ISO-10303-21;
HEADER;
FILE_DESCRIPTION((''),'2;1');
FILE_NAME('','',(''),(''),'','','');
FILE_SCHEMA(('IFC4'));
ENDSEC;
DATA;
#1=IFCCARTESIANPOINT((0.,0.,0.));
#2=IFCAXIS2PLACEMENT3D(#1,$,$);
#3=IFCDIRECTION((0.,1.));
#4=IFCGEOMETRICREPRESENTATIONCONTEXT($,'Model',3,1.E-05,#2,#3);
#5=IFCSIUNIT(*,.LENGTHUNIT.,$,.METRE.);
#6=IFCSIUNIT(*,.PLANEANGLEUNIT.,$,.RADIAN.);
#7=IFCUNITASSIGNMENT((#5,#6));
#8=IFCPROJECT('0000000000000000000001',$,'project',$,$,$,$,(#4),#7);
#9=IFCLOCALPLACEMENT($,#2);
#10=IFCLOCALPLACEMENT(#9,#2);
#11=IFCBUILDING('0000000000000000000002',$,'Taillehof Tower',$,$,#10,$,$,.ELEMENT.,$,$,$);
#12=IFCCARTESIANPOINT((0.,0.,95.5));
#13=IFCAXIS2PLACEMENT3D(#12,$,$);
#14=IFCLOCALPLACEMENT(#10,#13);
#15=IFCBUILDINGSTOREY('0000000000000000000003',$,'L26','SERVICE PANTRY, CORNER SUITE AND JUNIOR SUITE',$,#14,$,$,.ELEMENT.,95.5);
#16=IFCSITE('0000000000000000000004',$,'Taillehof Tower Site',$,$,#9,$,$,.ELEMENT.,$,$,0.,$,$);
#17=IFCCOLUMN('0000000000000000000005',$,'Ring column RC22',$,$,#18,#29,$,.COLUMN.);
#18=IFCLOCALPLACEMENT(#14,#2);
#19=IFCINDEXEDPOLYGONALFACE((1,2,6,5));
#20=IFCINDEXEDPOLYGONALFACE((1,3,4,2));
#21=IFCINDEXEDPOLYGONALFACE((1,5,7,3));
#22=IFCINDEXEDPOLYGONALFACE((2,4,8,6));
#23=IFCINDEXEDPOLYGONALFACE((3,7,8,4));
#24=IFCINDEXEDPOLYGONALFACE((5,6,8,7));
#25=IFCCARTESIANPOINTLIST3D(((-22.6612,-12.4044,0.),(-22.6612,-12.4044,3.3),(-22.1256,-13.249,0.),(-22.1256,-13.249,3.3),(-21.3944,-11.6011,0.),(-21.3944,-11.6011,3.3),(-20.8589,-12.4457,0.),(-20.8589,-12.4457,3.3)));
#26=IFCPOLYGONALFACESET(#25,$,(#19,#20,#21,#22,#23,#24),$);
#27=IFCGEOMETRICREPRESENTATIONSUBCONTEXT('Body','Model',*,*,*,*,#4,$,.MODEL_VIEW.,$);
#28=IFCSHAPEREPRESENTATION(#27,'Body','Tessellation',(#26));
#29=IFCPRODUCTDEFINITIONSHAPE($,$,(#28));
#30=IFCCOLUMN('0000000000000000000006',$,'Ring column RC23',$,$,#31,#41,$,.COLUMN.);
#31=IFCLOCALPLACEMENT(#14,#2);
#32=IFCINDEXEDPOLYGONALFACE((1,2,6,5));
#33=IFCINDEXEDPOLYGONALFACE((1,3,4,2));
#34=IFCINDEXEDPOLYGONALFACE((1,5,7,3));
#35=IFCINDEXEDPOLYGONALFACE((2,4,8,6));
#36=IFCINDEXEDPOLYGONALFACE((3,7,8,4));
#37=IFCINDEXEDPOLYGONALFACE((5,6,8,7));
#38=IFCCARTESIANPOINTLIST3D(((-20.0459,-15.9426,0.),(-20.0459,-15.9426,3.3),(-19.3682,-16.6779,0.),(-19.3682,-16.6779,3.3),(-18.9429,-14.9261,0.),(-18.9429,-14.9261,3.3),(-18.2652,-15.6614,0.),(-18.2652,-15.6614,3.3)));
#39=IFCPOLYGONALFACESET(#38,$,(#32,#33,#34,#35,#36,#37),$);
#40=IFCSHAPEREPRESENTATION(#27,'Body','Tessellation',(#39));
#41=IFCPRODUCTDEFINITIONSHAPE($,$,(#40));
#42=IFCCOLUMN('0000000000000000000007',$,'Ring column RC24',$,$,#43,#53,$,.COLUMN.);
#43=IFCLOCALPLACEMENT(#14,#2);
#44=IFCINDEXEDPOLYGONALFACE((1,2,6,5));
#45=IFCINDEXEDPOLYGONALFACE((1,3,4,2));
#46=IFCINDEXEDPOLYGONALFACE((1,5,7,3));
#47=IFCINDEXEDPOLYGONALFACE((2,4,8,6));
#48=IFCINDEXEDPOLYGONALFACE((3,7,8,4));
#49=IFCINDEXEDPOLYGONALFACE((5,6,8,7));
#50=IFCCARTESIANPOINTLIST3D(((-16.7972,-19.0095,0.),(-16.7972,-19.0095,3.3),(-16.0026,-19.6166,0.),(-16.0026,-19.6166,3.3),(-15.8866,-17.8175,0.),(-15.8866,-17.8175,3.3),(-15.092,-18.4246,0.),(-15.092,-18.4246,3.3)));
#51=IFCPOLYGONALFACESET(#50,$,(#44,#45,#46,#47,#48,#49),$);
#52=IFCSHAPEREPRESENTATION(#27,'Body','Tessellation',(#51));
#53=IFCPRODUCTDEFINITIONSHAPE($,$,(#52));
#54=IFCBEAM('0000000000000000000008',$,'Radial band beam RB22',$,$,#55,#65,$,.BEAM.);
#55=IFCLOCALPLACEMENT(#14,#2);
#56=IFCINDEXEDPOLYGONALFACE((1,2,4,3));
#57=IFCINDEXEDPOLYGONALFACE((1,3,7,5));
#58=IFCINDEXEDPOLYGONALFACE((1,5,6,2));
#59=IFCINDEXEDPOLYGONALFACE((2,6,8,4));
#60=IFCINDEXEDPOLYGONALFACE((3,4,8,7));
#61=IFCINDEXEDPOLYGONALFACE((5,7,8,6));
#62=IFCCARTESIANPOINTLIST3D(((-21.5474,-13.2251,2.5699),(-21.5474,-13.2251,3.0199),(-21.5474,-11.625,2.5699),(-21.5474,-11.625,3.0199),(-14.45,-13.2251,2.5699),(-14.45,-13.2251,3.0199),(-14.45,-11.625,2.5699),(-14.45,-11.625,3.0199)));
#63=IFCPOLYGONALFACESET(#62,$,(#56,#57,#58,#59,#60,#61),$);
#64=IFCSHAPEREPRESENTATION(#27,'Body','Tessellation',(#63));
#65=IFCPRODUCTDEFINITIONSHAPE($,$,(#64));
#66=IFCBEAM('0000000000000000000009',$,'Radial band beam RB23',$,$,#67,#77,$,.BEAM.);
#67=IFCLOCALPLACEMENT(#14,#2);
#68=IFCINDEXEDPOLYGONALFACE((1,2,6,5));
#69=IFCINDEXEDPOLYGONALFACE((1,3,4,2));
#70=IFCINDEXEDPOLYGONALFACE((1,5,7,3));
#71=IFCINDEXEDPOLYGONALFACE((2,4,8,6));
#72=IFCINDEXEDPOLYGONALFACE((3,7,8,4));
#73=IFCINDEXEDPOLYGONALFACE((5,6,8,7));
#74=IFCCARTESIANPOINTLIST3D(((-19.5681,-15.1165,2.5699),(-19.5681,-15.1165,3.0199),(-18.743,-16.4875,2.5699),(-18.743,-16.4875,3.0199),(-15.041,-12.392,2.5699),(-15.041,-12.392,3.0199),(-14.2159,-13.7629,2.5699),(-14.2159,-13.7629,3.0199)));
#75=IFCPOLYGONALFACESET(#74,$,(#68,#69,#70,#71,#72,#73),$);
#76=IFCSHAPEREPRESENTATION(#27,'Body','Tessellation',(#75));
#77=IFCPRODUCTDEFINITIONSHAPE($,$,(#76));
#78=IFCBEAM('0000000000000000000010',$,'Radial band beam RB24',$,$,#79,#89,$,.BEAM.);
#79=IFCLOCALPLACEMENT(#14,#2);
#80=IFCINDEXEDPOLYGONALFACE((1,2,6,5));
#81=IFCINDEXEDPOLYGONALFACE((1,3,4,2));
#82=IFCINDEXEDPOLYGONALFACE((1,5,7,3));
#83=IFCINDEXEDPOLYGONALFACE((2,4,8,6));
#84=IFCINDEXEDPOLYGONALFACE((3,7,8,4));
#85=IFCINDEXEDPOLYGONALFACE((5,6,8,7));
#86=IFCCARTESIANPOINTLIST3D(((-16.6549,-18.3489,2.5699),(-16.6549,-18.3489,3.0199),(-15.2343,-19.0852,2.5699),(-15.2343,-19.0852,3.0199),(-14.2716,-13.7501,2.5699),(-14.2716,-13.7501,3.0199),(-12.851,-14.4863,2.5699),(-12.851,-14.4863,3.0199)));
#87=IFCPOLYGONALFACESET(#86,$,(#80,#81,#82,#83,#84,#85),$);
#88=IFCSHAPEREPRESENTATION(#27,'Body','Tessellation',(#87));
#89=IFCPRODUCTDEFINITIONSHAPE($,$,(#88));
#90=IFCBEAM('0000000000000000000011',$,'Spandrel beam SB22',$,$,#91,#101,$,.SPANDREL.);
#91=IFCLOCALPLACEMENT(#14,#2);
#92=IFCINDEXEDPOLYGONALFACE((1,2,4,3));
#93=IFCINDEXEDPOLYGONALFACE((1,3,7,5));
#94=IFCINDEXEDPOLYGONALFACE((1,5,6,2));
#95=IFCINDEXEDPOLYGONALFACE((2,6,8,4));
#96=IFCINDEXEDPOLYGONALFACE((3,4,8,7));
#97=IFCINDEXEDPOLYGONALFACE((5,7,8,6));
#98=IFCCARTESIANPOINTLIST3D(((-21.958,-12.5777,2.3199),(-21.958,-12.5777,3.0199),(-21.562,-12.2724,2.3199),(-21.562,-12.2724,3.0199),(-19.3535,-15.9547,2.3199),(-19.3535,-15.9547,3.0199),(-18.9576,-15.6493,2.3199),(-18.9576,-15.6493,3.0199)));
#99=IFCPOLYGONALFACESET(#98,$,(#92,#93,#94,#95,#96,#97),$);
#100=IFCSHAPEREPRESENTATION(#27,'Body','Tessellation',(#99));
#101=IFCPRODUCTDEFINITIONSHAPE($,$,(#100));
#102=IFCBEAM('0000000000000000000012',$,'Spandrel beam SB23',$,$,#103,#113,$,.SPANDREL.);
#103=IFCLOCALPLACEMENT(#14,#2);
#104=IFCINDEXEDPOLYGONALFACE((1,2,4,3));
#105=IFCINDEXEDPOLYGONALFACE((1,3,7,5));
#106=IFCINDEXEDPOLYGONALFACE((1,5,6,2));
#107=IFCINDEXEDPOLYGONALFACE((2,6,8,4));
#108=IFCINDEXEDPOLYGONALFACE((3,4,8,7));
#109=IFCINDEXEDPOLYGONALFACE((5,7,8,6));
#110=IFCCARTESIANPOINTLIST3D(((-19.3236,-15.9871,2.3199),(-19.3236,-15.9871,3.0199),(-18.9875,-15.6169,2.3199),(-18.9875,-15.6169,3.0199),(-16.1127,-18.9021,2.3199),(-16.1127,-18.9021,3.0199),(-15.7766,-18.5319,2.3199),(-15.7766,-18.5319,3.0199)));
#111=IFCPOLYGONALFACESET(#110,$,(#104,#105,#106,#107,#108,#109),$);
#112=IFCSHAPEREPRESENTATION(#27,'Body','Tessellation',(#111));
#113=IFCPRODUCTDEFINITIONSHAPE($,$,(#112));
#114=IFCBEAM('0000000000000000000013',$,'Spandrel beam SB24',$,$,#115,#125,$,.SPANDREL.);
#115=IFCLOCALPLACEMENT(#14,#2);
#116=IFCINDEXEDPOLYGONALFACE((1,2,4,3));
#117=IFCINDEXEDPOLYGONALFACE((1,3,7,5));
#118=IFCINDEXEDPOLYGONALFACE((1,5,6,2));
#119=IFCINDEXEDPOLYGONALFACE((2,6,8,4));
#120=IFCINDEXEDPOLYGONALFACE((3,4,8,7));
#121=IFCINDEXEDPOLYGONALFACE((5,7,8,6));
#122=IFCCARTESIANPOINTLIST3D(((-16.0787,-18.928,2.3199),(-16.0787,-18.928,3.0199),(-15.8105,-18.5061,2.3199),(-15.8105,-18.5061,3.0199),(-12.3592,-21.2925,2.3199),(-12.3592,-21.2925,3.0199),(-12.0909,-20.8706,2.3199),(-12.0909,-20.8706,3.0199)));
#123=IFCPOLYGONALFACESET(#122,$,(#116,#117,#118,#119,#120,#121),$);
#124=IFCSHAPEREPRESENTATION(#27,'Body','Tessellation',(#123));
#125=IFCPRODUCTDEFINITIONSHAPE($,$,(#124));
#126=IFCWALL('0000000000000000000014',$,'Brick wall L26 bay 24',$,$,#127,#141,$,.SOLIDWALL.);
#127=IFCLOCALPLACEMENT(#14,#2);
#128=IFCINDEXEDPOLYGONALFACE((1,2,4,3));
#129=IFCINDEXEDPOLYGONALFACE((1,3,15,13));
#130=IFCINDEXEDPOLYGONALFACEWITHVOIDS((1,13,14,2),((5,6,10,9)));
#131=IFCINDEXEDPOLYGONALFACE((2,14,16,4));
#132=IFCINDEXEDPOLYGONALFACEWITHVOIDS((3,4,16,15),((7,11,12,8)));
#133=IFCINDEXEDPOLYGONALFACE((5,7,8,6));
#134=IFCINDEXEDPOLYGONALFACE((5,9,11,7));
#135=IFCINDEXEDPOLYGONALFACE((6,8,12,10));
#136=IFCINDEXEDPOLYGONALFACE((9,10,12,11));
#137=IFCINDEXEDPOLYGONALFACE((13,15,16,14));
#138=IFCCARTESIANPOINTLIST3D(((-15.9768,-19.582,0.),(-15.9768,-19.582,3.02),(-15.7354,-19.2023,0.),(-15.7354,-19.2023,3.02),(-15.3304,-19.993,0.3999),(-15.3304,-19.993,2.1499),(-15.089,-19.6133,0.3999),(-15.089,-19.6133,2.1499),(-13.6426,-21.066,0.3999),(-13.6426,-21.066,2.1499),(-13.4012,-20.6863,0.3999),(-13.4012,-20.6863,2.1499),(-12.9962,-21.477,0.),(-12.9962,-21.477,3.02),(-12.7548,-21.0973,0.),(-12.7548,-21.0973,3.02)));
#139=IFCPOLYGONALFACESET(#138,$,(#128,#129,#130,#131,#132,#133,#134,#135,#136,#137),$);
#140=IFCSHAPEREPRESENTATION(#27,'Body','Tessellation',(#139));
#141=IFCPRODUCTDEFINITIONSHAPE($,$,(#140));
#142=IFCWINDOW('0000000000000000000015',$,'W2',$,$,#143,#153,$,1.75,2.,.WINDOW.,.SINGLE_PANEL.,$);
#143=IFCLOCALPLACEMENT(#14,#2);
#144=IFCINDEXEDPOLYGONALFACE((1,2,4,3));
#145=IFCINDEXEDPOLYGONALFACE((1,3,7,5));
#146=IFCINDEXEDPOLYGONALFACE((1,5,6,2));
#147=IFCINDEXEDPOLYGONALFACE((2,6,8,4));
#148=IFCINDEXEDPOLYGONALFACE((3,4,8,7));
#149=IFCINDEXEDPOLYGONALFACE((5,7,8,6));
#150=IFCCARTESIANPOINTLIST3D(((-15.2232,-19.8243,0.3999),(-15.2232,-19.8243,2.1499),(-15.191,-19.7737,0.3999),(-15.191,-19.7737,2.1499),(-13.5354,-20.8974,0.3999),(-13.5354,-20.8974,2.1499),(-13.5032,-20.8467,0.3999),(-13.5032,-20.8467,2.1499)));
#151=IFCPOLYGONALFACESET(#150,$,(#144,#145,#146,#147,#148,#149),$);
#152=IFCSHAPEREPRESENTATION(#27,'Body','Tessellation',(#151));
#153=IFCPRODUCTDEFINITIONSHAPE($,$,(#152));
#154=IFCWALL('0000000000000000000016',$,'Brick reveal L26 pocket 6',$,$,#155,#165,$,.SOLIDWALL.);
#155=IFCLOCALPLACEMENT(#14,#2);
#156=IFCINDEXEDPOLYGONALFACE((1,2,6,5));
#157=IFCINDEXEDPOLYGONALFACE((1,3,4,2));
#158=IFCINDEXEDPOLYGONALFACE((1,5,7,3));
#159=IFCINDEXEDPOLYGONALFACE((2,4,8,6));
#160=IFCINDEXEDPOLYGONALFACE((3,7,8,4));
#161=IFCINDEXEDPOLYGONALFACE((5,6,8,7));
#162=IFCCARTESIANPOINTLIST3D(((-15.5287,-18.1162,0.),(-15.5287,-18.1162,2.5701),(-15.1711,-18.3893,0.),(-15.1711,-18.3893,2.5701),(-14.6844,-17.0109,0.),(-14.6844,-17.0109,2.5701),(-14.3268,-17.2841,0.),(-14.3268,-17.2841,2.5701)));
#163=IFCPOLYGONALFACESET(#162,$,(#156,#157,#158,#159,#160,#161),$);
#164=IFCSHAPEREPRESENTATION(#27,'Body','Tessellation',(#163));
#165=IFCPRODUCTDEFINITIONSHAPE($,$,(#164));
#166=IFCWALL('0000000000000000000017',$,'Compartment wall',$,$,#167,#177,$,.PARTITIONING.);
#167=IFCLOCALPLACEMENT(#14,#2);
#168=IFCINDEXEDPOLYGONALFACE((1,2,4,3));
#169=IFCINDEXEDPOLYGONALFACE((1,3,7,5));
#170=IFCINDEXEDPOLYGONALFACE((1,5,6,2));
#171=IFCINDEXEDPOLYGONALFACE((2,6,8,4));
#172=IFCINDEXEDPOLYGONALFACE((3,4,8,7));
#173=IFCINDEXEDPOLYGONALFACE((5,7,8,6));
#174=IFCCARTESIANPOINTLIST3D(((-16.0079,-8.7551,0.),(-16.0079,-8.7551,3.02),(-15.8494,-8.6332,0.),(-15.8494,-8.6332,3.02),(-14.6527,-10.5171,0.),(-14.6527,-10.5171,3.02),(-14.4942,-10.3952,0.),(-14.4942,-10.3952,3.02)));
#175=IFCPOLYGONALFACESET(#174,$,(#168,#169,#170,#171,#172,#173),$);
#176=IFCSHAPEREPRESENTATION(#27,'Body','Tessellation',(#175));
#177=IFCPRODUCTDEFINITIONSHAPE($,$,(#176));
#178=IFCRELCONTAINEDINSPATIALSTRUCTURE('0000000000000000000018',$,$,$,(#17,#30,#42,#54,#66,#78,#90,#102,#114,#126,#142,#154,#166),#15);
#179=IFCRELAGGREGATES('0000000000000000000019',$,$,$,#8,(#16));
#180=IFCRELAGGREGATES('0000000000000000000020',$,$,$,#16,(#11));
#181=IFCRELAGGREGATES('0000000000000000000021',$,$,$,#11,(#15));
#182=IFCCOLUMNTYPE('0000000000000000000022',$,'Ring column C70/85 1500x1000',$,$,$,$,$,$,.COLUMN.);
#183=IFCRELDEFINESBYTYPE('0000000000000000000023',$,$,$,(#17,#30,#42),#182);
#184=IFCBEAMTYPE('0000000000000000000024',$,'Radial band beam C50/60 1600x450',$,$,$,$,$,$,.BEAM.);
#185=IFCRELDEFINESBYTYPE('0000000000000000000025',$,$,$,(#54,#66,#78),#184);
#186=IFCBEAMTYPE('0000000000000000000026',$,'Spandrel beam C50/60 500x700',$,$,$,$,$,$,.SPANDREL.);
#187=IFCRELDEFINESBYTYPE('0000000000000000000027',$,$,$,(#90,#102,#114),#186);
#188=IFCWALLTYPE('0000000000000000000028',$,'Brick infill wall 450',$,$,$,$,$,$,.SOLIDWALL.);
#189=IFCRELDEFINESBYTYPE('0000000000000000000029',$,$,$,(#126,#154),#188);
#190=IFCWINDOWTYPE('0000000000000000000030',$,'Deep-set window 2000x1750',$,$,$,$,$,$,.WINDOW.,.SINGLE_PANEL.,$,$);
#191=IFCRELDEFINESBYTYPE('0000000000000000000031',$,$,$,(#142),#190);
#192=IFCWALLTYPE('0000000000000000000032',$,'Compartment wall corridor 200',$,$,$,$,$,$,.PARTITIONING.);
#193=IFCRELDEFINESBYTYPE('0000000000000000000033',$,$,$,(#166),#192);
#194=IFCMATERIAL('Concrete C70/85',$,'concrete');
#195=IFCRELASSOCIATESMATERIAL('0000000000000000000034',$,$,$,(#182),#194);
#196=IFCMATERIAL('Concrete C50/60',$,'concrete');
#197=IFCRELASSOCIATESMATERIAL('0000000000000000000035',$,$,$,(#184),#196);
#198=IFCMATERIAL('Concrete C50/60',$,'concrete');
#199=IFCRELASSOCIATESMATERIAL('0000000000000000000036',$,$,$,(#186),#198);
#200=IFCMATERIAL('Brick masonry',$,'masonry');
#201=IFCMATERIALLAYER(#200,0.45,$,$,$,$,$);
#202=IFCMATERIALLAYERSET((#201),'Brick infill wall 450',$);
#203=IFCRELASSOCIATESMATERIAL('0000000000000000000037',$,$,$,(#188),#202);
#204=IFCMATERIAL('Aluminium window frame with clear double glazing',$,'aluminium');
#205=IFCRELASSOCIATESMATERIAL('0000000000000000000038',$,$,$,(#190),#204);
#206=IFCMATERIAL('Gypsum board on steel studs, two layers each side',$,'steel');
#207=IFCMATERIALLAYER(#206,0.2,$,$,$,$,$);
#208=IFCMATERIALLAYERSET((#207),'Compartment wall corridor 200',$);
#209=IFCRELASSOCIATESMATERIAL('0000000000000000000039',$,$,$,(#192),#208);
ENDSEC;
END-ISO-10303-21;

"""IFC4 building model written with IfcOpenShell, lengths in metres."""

from ifc_helpers import new_model, si_unit, direction, frame, frame_2d, origin, origin_2d, place, context, subcontext, project, spatial, rectangle, extrude, material, layer, layer_set, material_profile, profile_set, type_object, element, fill, save


model = new_model("IFC4")

# Units and contexts
model_context = context("Model", 3, precision=1e-05, world=origin(), true_north=direction((0.0, 1.0)))
body_context = subcontext(model_context, "Body", "Model", "MODEL_VIEW")
ifc_project = project(units=[si_unit("LENGTHUNIT", "METRE"), si_unit("PLANEANGLEUNIT", "RADIAN")], contexts=[model_context])

# Site, building, storey
site_placement = place(None, origin())
site = spatial("IfcSite", under=ifc_project, at=site_placement, Name="Taillehof Tower Site", CompositionType="ELEMENT", RefElevation=0.0)
building_placement = place(site_placement, origin())
building = spatial("IfcBuilding", under=site, at=building_placement, Name="Taillehof Tower", CompositionType="ELEMENT")
storey_placement = place(building_placement, frame((0.0, 0.0, 95.5)))
storey = spatial("IfcBuildingStorey", under=building, at=storey_placement, Name="L26", Description="SERVICE PANTRY, CORNER SUITE AND JUNIOR SUITE", CompositionType="ELEMENT", Elevation=95.5)

# Columns
ifc_material_1 = material(Name="Concrete C70/85", Category="concrete")
ifc_material_profile_1 = material_profile(ifc_material_1, rectangle(XDim=1.5, YDim=1.0, at=origin_2d()), Name="RC 1500x1000")
ifc_profile_set_1 = profile_set([ifc_material_profile_1], Name="Concrete C70/85")
column_type = type_object("IfcColumnType", Name="Ring column C70/85 1500x1000", PredefinedType="COLUMN", material=ifc_profile_set_1)
for number, where, z_axis, x_axis, name in (
    (1, (-21.76, -12.425, 0.0), (0.0, 0.0, 1.0), (-0.844511, -0.535537, 0.0), "Ring column RC22"),
    (2, (-19.1555, -15.802, 0.0), (0.0, 0.0, 1.0), (-0.735332, -0.677707, 0.0), "Ring column RC23"),
    (3, (-15.9446, -18.717, 0.0), (0.0, 0.0, 1.0), (-0.607074, -0.794645, 0.0), "Ring column RC24"),
):
    element("IfcColumn", number, at=place(storey_placement, frame(where, z_axis=z_axis, x_axis=x_axis)), inside=storey, type_object=column_type, Name=name, PredefinedType="COLUMN", context=body_context, shape_type="SweptSolid", body=[
        extrude(rectangle(XDim=1.5, YDim=1.0, at=origin_2d()), origin(), (0.0, 0.0, 1.0), 3.3),
    ])

# Beams
ifc_material_2 = material(Name="Concrete C50/60", Category="concrete")
ifc_material_profile_2 = material_profile(ifc_material_2, rectangle(XDim=1.6001, YDim=0.45, at=origin_2d()), Name="RC 1600x450")
ifc_profile_set_2 = profile_set([ifc_material_profile_2], Name="Concrete C50/60")
beam_type_1 = type_object("IfcBeamType", Name="Radial band beam C50/60 1600x450", PredefinedType="BEAM", material=ifc_profile_set_2)
beam_1_placement = place(storey_placement, frame((-21.5474, -12.425, 2.7949), z_axis=(1.0, 0.0, 0.0), x_axis=(0.0, 1.0, 0.0)))
element("IfcBeam", 4, at=beam_1_placement, inside=storey, type_object=beam_type_1, Name="Radial band beam RB22", PredefinedType="BEAM", context=body_context, shape_type="SweptSolid", body=[
    extrude(rectangle(XDim=1.6001, YDim=0.45, at=origin_2d()), origin(), (0.0, 0.0, 1.0), 7.0974),
])
beam_2_placement = place(storey_placement, frame((-19.1555, -15.802, 2.7949), z_axis=(0.856795, 0.515657, 0.0), x_axis=(-0.515657, 0.856795, 0.0)))
element("IfcBeam", 5, at=beam_2_placement, inside=storey, type_object=beam_type_1, Name="Radial band beam RB23", PredefinedType="BEAM", context=body_context, shape_type="SweptSolid", body=[
    extrude(rectangle(XDim=1.6001, YDim=0.45, at=origin_2d()), origin(), (0.0, 0.0, 1.0), 5.2837),
])
beam_3_placement = place(storey_placement, frame((-15.9446, -18.717, 2.7949), z_axis=(0.460119, 0.887857, 0.0), x_axis=(-0.887857, 0.460119, 0.0)))
element("IfcBeam", 6, at=beam_3_placement, inside=storey, type_object=beam_type_1, Name="Radial band beam RB24", PredefinedType="BEAM", context=body_context, shape_type="SweptSolid", body=[
    extrude(rectangle(XDim=1.6001, YDim=0.45, at=origin_2d()), origin(), (0.0, 0.0, 1.0), 5.1797),
])
ifc_material_3 = material(Name="Concrete C50/60", Category="concrete")
ifc_material_profile_3 = material_profile(ifc_material_3, rectangle(XDim=0.5, YDim=0.7, at=origin_2d()), Name="RC 500x700")
ifc_profile_set_3 = profile_set([ifc_material_profile_3], Name="Concrete C50/60")
beam_type_2 = type_object("IfcBeamType", Name="Spandrel beam C50/60 500x700", PredefinedType="SPANDREL", material=ifc_profile_set_3)
beam_4_placement = place(storey_placement, frame((-21.76, -12.425, 2.6699), z_axis=(0.610717, -0.791849, 0.0), x_axis=(0.791849, 0.610717, 0.0)))
element("IfcBeam", 7, at=beam_4_placement, inside=storey, type_object=beam_type_2, Name="Spandrel beam SB22", PredefinedType="SPANDREL", context=body_context, shape_type="SweptSolid", body=[
    extrude(rectangle(XDim=0.5, YDim=0.7, at=origin_2d()), origin(), (0.0, 0.0, 1.0), 4.2646),
])
beam_5_placement = place(storey_placement, frame((-19.1555, -15.802, 2.6699), z_axis=(0.740398, -0.672168, 0.0), x_axis=(0.672168, 0.740398, 0.0)))
element("IfcBeam", 8, at=beam_5_placement, inside=storey, type_object=beam_type_2, Name="Spandrel beam SB23", PredefinedType="SPANDREL", context=body_context, shape_type="SweptSolid", body=[
    extrude(rectangle(XDim=0.5, YDim=0.7, at=origin_2d()), origin(), (0.0, 0.0, 1.0), 4.3367),
])
beam_6_placement = place(storey_placement, frame((-15.9446, -18.717, 2.6699), z_axis=(0.843912, -0.536481, 0.0), x_axis=(0.536481, 0.843912, 0.0)))
element("IfcBeam", 9, at=beam_6_placement, inside=storey, type_object=beam_type_2, Name="Spandrel beam SB24", PredefinedType="SPANDREL", context=body_context, shape_type="SweptSolid", body=[
    extrude(rectangle(XDim=0.5, YDim=0.7, at=origin_2d()), origin(), (0.0, 0.0, 1.0), 4.4075),
])

# Wall, opening, window
ifc_material_4 = material(Name="Brick masonry", Category="masonry")
ifc_layer_1 = layer(ifc_material_4, 0.45)
ifc_layer_set_1 = layer_set([ifc_layer_1], Name="Brick infill wall 450")
wall_type_1 = type_object("IfcWallType", Name="Brick infill wall 450", PredefinedType="SOLIDWALL", material=ifc_layer_set_1)
wall_1_placement = place(storey_placement, frame((-15.8562, -19.3921, 0.0), z_axis=(0.0, 0.0, 1.0), x_axis=(0.843892, -0.536513, 0.0)))
wall_1 = element("IfcWall", 10, at=wall_1_placement, inside=storey, type_object=wall_type_1, Name="Brick wall L26 bay 24", PredefinedType="SOLIDWALL", context=body_context, shape_type="SweptSolid", body=[
    extrude(rectangle(XDim=3.532, YDim=0.45, at=frame_2d((1.7661, 0.0))), origin(), (0.0, 0.0, 1.0), 3.02),
])
opening_1_placement = place(wall_1_placement, frame((0.7661, 0.0, 0.3999)))
opening_1 = element("IfcOpeningElement", 11, at=opening_1_placement, cuts=wall_1, PredefinedType="OPENING", context=body_context, shape_type="SweptSolid", body=[
    extrude(rectangle(XDim=2.0, YDim=1.75, at=frame_2d((1.0, 0.875))), frame((0.0, 0.2349, 0.0), z_axis=(0.0, -1.0, 0.0), x_axis=(1.0, 0.0, 0.0)), (0.0, 0.0, 1.0), 0.47),
])
ifc_material_5 = material(Name="Aluminium window frame with clear double glazing", Category="aluminium")
window_type_1 = type_object("IfcWindowType", Name="Deep-set window 2000x1750", PartitioningType="SINGLE_PANEL", PredefinedType="WINDOW", material=ifc_material_5)
window_1_placement = place(opening_1_placement, origin())
window_1 = element("IfcWindow", 12, at=window_1_placement, inside=storey, type_object=window_type_1, Name="W2", OverallHeight=1.75, OverallWidth=2.0, PartitioningType="SINGLE_PANEL", PredefinedType="WINDOW", context=body_context, shape_type="SweptSolid", body=[
    extrude(rectangle(XDim=2.0, YDim=1.75, at=frame_2d((1.0, 0.875))), frame((0.0, 0.0349, 0.0), z_axis=(0.0, -1.0, 0.0), x_axis=(1.0, 0.0, 0.0)), (0.0, 0.0, 1.0), 0.0601),
])
fill(opening_1, window_1)

# Wall
wall_2_placement = place(storey_placement, frame((-15.3499, -18.2527, 0.0), z_axis=(0.0, 0.0, 1.0), x_axis=(0.607026, 0.794682, 0.0)))
element("IfcWall", 13, at=wall_2_placement, inside=storey, type_object=wall_type_1, Name="Brick reveal L26 pocket 6", PredefinedType="SOLIDWALL", context=body_context, shape_type="SweptSolid", body=[
    extrude(rectangle(XDim=1.3909, YDim=0.45, at=frame_2d((0.6953, 0.0))), origin(), (0.0, 0.0, 1.0), 2.5701),
])

# Wall
ifc_material_6 = material(Name="Gypsum board on steel studs, two layers each side", Category="steel")
ifc_layer_2 = layer(ifc_material_6, 0.2)
ifc_layer_set_2 = layer_set([ifc_layer_2], Name="Compartment wall corridor 200")
wall_type_2 = type_object("IfcWallType", Name="Compartment wall corridor 200", PredefinedType="PARTITIONING", material=ifc_layer_set_2)
wall_3_placement = place(storey_placement, frame((-14.5735, -10.4561, 0.0), z_axis=(0.0, 0.0, 1.0), x_axis=(-0.609674, 0.792653, 0.0)))
element("IfcWall", 14, at=wall_3_placement, inside=storey, type_object=wall_type_2, Name="Compartment wall", PredefinedType="PARTITIONING", context=body_context, shape_type="SweptSolid", body=[
    extrude(rectangle(XDim=2.2229, YDim=0.2, at=frame_2d((1.1113, 0.0))), origin(), (0.0, 0.0, 1.0), 3.02),
])

save(model, "model.ifc")
